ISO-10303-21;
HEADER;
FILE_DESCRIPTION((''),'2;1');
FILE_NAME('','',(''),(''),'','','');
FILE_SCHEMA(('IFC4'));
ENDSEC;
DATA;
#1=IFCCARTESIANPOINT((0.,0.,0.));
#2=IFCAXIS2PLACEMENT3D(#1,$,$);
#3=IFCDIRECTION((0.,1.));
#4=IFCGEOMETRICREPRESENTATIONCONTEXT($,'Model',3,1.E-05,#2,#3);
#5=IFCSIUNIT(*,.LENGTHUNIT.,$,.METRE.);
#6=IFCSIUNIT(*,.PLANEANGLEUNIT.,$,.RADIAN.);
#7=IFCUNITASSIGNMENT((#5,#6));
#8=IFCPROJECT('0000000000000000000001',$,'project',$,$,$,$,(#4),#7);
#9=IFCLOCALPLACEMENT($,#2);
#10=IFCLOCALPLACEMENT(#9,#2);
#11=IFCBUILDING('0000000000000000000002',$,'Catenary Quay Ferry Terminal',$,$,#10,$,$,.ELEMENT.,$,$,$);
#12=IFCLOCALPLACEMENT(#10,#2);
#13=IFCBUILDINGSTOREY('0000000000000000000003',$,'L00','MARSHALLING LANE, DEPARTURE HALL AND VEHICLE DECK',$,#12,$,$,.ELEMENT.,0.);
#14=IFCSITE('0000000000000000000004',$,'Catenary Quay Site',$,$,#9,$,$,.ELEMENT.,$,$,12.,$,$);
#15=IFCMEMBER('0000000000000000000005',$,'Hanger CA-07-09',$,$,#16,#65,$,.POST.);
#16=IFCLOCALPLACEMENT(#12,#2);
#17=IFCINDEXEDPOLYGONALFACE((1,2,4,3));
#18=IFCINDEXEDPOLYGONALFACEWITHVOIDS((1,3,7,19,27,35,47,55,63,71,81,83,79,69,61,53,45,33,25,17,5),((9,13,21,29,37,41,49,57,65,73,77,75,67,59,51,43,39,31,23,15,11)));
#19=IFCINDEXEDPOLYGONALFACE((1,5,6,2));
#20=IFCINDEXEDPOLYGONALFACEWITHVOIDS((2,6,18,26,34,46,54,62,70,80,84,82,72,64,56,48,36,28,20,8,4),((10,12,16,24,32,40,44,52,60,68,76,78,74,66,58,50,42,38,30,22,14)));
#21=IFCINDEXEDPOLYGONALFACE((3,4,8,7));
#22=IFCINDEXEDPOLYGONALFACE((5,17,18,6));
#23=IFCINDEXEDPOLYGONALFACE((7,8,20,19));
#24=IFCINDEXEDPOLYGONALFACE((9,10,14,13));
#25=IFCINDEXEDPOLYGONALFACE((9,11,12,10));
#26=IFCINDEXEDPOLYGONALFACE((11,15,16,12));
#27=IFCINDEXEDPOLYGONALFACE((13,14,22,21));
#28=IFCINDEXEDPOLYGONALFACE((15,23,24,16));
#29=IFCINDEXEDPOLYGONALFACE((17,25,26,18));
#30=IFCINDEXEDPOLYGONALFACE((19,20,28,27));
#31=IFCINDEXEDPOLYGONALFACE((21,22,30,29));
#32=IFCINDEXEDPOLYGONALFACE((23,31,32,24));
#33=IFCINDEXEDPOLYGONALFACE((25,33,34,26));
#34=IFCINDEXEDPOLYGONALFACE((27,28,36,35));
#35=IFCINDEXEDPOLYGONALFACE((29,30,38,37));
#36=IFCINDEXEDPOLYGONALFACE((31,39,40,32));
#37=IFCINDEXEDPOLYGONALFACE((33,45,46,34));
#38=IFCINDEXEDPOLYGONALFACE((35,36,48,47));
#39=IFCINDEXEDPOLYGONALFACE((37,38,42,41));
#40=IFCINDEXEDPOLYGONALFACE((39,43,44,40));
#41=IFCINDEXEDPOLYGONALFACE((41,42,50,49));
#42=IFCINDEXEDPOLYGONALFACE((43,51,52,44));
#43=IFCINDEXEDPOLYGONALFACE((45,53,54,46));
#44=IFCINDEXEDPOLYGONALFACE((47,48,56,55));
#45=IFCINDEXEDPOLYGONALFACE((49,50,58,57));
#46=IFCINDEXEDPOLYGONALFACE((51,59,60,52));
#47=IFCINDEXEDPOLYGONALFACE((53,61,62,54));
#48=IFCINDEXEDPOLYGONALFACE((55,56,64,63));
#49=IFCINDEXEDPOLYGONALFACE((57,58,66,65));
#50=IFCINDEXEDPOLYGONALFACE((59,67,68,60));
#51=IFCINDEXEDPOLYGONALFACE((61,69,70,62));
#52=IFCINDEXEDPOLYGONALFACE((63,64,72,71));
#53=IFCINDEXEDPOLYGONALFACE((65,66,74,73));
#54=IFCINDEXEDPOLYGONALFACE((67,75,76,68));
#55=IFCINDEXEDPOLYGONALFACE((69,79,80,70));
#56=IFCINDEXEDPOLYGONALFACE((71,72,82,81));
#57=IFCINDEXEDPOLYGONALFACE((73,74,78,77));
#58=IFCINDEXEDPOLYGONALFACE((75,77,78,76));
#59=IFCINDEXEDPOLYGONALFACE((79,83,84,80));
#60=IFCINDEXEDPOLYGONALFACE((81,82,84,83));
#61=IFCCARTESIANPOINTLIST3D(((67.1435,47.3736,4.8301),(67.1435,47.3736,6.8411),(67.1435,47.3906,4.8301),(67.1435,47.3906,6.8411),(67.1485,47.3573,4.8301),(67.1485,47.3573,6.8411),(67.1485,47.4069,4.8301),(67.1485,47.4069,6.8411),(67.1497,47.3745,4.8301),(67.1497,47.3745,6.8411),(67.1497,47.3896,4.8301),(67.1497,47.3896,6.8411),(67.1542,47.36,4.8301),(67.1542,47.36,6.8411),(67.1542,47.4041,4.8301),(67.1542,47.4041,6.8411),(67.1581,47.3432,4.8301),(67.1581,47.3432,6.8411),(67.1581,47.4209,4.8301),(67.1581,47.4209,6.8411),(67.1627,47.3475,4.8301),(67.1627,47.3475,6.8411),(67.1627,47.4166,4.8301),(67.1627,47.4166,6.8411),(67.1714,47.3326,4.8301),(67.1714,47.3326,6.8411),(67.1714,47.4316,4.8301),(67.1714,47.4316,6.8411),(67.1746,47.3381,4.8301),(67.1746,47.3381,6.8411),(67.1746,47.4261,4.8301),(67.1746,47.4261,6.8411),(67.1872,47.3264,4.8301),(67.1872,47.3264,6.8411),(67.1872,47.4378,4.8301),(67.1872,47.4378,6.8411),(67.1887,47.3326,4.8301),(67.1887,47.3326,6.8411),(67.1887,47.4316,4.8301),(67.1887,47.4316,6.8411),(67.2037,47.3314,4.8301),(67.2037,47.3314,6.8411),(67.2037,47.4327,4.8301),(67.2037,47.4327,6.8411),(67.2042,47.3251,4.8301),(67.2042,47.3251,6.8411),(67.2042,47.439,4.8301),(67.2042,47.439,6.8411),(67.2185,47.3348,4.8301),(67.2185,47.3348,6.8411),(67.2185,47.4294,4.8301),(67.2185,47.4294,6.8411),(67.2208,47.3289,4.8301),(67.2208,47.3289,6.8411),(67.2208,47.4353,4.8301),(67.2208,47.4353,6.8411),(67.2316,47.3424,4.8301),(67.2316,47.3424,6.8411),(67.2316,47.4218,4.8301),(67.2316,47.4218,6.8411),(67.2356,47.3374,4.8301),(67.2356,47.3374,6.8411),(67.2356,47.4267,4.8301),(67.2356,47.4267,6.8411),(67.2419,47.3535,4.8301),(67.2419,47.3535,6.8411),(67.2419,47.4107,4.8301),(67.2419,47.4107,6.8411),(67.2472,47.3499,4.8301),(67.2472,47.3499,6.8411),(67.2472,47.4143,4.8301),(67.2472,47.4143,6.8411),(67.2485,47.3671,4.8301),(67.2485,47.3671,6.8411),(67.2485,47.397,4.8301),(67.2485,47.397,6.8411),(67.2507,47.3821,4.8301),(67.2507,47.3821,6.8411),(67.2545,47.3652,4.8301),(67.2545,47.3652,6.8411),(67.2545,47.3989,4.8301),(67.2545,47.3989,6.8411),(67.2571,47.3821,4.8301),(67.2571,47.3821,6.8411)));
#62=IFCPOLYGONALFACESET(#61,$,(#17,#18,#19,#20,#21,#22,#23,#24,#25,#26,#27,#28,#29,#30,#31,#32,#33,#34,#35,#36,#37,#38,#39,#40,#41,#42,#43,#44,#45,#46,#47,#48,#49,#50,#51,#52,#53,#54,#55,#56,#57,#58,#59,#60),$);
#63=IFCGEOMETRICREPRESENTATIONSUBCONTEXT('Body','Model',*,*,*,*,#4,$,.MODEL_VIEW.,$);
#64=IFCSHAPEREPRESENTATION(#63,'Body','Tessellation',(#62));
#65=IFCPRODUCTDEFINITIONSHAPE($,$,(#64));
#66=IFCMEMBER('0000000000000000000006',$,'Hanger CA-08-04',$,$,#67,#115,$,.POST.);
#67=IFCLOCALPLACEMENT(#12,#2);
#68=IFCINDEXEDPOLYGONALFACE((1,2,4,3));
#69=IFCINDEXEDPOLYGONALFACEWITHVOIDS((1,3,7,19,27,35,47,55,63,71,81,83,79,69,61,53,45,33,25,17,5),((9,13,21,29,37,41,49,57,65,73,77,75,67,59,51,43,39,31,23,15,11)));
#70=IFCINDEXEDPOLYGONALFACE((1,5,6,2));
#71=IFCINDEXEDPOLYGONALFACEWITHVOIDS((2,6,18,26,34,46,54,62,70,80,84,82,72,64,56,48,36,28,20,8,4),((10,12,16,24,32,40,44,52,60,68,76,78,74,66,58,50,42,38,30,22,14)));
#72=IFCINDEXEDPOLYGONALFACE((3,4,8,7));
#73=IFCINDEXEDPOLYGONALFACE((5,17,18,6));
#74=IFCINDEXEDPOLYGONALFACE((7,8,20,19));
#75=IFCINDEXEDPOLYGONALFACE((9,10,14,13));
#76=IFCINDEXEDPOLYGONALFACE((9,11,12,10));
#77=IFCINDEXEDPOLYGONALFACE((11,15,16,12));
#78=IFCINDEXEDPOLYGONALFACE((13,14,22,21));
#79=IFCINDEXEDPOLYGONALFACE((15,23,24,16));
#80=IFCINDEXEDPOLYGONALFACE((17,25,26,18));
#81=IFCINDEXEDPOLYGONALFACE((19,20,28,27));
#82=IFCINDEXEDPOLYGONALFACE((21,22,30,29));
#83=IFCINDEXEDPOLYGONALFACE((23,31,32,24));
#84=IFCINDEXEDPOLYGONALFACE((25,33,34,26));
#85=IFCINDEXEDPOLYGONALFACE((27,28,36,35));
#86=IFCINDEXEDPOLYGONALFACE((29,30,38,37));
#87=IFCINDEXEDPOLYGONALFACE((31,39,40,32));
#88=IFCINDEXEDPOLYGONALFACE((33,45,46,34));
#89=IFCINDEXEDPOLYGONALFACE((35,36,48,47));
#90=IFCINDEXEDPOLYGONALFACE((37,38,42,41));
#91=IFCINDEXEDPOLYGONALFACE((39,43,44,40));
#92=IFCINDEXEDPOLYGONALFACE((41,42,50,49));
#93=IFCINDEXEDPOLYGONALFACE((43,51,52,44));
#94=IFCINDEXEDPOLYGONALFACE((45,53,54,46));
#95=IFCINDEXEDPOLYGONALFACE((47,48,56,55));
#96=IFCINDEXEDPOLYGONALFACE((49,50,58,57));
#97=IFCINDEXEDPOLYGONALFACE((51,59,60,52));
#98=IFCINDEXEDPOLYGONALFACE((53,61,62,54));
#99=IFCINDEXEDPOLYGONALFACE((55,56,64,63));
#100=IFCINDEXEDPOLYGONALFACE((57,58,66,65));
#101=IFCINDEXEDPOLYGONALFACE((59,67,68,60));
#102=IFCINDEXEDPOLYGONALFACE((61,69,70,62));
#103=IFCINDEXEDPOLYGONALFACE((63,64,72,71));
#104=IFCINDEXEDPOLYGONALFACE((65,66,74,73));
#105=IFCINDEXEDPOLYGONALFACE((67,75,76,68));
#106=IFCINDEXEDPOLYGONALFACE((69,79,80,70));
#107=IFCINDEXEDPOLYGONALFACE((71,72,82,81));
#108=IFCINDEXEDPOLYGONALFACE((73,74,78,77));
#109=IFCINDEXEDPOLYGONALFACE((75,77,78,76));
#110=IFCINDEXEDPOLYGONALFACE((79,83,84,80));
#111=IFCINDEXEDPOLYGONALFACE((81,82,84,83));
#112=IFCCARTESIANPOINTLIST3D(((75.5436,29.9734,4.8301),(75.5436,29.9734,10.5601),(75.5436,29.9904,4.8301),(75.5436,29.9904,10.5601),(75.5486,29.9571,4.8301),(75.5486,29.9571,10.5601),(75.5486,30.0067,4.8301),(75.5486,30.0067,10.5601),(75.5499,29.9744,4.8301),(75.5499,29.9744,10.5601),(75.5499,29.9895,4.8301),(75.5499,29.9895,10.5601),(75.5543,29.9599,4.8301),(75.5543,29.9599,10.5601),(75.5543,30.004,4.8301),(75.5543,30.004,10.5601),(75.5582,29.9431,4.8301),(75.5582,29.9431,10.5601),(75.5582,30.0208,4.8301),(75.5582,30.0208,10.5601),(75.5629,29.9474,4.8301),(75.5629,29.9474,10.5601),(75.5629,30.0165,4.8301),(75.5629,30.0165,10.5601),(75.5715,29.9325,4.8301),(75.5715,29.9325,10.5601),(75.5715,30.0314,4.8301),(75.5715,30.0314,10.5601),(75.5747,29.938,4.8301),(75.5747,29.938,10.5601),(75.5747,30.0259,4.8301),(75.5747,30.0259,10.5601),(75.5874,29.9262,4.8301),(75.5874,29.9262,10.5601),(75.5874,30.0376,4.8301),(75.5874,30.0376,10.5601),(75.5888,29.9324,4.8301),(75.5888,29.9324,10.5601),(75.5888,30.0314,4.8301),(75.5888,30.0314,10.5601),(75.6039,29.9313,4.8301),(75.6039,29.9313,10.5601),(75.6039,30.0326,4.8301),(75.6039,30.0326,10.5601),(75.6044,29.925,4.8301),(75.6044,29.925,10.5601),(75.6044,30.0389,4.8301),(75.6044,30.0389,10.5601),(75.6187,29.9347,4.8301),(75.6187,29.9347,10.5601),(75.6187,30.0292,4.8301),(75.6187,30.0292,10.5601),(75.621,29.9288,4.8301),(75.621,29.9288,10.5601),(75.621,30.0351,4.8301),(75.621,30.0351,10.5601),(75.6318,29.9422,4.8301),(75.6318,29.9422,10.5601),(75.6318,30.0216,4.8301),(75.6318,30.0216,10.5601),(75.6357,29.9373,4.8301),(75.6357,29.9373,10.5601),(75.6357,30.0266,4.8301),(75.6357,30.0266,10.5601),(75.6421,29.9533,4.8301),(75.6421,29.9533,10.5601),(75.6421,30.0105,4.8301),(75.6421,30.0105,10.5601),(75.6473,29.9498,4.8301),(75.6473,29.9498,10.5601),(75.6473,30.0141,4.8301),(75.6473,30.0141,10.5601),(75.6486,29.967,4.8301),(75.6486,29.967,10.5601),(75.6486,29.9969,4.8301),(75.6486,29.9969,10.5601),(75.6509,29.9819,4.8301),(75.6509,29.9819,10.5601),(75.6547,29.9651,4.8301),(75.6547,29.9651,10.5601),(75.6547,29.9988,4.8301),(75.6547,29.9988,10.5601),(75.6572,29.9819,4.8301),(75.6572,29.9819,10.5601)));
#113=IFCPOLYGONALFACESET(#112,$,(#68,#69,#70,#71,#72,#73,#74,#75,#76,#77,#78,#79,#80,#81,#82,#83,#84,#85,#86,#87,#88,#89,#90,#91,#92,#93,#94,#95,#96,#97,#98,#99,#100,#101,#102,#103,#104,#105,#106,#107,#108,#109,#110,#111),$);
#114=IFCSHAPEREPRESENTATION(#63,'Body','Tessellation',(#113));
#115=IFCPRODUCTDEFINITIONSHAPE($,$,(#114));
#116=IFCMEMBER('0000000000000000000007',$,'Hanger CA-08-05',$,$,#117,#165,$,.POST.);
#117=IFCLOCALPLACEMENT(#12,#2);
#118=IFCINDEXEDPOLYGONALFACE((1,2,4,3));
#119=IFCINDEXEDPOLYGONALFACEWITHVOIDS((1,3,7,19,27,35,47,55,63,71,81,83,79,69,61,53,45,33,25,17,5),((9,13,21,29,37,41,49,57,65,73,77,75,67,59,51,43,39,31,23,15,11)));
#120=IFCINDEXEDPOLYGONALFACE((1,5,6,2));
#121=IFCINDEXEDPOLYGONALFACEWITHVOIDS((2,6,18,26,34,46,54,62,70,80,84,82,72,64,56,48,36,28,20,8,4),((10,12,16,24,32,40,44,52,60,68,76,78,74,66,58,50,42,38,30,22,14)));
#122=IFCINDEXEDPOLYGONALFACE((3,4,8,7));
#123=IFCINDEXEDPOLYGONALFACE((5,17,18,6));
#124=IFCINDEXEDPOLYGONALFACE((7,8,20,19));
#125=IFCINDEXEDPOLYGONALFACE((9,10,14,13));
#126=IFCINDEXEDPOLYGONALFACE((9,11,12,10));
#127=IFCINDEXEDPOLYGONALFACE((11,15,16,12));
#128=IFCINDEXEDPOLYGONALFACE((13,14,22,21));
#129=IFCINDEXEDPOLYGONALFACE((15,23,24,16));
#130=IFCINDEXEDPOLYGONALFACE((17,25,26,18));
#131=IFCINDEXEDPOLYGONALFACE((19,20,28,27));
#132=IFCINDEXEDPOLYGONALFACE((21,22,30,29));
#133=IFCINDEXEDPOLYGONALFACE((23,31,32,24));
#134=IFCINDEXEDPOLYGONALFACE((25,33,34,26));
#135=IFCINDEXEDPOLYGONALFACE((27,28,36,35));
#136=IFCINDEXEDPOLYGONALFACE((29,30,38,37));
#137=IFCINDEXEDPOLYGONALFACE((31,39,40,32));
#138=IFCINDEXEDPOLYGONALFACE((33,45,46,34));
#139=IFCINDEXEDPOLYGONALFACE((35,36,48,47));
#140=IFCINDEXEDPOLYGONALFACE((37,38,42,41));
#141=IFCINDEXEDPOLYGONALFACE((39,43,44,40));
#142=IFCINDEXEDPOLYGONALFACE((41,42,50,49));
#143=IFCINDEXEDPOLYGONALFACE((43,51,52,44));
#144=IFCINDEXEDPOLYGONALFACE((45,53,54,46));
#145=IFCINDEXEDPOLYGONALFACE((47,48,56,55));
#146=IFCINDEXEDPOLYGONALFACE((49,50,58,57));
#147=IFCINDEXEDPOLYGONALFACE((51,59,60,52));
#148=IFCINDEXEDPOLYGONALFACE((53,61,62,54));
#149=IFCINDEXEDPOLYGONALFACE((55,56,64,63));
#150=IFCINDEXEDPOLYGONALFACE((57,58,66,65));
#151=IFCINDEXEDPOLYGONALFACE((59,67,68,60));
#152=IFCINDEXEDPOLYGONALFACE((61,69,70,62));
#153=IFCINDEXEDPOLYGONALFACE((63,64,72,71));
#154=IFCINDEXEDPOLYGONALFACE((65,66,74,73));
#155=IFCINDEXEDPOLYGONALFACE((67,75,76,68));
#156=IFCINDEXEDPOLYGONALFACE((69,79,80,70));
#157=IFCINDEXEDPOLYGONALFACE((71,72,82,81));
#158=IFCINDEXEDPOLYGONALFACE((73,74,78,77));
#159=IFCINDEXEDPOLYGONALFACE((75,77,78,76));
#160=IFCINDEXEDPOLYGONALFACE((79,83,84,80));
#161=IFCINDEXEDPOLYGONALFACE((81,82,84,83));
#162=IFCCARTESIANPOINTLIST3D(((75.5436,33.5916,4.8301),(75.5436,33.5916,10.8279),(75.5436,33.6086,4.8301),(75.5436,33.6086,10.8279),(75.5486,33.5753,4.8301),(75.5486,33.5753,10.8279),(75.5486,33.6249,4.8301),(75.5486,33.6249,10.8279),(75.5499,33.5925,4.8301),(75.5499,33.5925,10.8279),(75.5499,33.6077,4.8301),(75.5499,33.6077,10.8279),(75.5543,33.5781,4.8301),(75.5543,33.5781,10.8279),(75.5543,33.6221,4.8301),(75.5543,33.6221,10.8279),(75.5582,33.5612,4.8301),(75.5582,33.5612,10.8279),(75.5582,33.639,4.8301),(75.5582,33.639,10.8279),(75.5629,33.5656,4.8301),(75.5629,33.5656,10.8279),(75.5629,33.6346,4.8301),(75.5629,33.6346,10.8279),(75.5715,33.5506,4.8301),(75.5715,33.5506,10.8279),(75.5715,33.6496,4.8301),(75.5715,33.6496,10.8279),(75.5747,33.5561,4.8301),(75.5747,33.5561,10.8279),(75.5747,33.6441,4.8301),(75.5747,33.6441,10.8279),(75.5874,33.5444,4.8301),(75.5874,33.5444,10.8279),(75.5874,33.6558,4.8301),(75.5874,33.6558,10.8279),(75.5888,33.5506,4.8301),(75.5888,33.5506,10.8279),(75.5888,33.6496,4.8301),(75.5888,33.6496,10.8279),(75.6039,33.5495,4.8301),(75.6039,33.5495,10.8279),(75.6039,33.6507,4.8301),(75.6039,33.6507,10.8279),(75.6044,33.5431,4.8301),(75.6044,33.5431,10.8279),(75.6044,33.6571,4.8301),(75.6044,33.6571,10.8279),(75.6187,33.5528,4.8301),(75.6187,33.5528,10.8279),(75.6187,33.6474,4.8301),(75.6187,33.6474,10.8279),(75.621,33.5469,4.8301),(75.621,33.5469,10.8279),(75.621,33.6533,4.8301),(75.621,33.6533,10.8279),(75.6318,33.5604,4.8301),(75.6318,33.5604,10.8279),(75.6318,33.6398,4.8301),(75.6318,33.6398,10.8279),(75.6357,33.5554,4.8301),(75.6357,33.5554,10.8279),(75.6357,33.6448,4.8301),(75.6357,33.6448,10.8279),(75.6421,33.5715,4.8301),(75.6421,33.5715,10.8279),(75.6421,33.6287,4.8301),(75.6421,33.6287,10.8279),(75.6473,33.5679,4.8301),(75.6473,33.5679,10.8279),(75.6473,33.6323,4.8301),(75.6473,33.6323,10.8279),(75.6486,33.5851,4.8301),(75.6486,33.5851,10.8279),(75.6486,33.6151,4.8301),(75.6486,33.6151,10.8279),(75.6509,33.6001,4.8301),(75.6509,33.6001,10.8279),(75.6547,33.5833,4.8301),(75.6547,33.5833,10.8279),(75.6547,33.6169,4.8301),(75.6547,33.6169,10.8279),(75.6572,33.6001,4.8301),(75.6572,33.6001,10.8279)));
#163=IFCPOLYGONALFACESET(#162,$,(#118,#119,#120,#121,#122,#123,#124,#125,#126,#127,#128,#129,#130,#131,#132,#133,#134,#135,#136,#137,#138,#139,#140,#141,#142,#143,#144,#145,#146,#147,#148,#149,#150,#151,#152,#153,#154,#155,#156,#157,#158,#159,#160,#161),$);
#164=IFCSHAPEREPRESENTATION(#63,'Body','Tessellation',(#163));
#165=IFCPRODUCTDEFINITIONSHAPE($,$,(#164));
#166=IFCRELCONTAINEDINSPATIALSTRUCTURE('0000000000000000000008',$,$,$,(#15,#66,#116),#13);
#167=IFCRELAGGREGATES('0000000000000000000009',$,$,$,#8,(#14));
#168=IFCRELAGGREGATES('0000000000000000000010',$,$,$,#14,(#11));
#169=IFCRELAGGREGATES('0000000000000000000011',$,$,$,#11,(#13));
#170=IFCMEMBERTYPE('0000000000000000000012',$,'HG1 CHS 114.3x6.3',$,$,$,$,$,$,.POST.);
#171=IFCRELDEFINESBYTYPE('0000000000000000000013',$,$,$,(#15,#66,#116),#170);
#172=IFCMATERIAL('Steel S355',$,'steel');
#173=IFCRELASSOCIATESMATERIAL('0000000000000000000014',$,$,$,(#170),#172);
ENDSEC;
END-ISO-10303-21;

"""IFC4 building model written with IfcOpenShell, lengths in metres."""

from ifc_helpers import new_model, si_unit, direction, frame, origin, origin_2d, place, context, subcontext, project, spatial, hollow_circle, extrude, material, material_profile, profile_set, type_object, element, save


model = new_model("IFC4")

# Units and contexts
model_context = context("Model", 3, precision=1e-05, world=origin(), true_north=direction((0.0, 1.0)))
body_context = subcontext(model_context, "Body", "Model", "MODEL_VIEW")
ifc_project = project(units=[si_unit("LENGTHUNIT", "METRE"), si_unit("PLANEANGLEUNIT", "RADIAN")], contexts=[model_context])

# Site, building, storey
site_placement = place(None, origin())
site = spatial("IfcSite", under=ifc_project, at=site_placement, Name="Catenary Quay Site", CompositionType="ELEMENT", RefElevation=12.0)
building_placement = place(site_placement, origin())
building = spatial("IfcBuilding", under=site, at=building_placement, Name="Catenary Quay Ferry Terminal", CompositionType="ELEMENT")
storey_placement = place(building_placement, origin())
storey = spatial("IfcBuildingStorey", under=building, at=storey_placement, Name="L00", Description="MARSHALLING LANE, DEPARTURE HALL AND VEHICLE DECK", CompositionType="ELEMENT", Elevation=0.0)

# Members
ifc_material_1 = material(Name="Steel S355", Category="steel")
ifc_material_profile_1 = material_profile(ifc_material_1, hollow_circle(Radius=0.0571, WallThickness=0.0063, at=origin_2d()), Name="CHS 114.3x6.3")
ifc_profile_set_1 = profile_set([ifc_material_profile_1], Name="Steel S355")
member_type_1 = type_object("IfcMemberType", Name="HG1 CHS 114.3x6.3", PredefinedType="POST", material=ifc_profile_set_1)
member_1_placement = place(storey_placement, frame((67.2, 47.3821, 4.8301), z_axis=(0.0, 0.0, 1.0), x_axis=(1.0, 0.0, 0.0)))
element("IfcMember", 1, at=member_1_placement, inside=storey, type_object=member_type_1, Name="Hanger CA-07-09", PredefinedType="POST", context=body_context, shape_type="SweptSolid", body=[
    extrude(hollow_circle(Radius=0.0571, WallThickness=0.0063, at=origin_2d()), origin(), (0.0, 0.0, 1.0), 2.011),
])
member_2_placement = place(storey_placement, frame((75.6001, 29.9819, 4.8301), z_axis=(0.0, 0.0, 1.0), x_axis=(1.0, 0.0, 0.0)))
element("IfcMember", 2, at=member_2_placement, inside=storey, type_object=member_type_1, Name="Hanger CA-08-04", PredefinedType="POST", context=body_context, shape_type="SweptSolid", body=[
    extrude(hollow_circle(Radius=0.0571, WallThickness=0.0063, at=origin_2d()), origin(), (0.0, 0.0, 1.0), 5.73),
])
member_3_placement = place(storey_placement, frame((75.6001, 33.6001, 4.8301), z_axis=(0.0, 0.0, 1.0), x_axis=(1.0, 0.0, 0.0)))
element("IfcMember", 3, at=member_3_placement, inside=storey, type_object=member_type_1, Name="Hanger CA-08-05", PredefinedType="POST", context=body_context, shape_type="SweptSolid", body=[
    extrude(hollow_circle(Radius=0.0571, WallThickness=0.0063, at=origin_2d()), origin(), (0.0, 0.0, 1.0), 5.9978),
])

save(model, "model.ifc")
